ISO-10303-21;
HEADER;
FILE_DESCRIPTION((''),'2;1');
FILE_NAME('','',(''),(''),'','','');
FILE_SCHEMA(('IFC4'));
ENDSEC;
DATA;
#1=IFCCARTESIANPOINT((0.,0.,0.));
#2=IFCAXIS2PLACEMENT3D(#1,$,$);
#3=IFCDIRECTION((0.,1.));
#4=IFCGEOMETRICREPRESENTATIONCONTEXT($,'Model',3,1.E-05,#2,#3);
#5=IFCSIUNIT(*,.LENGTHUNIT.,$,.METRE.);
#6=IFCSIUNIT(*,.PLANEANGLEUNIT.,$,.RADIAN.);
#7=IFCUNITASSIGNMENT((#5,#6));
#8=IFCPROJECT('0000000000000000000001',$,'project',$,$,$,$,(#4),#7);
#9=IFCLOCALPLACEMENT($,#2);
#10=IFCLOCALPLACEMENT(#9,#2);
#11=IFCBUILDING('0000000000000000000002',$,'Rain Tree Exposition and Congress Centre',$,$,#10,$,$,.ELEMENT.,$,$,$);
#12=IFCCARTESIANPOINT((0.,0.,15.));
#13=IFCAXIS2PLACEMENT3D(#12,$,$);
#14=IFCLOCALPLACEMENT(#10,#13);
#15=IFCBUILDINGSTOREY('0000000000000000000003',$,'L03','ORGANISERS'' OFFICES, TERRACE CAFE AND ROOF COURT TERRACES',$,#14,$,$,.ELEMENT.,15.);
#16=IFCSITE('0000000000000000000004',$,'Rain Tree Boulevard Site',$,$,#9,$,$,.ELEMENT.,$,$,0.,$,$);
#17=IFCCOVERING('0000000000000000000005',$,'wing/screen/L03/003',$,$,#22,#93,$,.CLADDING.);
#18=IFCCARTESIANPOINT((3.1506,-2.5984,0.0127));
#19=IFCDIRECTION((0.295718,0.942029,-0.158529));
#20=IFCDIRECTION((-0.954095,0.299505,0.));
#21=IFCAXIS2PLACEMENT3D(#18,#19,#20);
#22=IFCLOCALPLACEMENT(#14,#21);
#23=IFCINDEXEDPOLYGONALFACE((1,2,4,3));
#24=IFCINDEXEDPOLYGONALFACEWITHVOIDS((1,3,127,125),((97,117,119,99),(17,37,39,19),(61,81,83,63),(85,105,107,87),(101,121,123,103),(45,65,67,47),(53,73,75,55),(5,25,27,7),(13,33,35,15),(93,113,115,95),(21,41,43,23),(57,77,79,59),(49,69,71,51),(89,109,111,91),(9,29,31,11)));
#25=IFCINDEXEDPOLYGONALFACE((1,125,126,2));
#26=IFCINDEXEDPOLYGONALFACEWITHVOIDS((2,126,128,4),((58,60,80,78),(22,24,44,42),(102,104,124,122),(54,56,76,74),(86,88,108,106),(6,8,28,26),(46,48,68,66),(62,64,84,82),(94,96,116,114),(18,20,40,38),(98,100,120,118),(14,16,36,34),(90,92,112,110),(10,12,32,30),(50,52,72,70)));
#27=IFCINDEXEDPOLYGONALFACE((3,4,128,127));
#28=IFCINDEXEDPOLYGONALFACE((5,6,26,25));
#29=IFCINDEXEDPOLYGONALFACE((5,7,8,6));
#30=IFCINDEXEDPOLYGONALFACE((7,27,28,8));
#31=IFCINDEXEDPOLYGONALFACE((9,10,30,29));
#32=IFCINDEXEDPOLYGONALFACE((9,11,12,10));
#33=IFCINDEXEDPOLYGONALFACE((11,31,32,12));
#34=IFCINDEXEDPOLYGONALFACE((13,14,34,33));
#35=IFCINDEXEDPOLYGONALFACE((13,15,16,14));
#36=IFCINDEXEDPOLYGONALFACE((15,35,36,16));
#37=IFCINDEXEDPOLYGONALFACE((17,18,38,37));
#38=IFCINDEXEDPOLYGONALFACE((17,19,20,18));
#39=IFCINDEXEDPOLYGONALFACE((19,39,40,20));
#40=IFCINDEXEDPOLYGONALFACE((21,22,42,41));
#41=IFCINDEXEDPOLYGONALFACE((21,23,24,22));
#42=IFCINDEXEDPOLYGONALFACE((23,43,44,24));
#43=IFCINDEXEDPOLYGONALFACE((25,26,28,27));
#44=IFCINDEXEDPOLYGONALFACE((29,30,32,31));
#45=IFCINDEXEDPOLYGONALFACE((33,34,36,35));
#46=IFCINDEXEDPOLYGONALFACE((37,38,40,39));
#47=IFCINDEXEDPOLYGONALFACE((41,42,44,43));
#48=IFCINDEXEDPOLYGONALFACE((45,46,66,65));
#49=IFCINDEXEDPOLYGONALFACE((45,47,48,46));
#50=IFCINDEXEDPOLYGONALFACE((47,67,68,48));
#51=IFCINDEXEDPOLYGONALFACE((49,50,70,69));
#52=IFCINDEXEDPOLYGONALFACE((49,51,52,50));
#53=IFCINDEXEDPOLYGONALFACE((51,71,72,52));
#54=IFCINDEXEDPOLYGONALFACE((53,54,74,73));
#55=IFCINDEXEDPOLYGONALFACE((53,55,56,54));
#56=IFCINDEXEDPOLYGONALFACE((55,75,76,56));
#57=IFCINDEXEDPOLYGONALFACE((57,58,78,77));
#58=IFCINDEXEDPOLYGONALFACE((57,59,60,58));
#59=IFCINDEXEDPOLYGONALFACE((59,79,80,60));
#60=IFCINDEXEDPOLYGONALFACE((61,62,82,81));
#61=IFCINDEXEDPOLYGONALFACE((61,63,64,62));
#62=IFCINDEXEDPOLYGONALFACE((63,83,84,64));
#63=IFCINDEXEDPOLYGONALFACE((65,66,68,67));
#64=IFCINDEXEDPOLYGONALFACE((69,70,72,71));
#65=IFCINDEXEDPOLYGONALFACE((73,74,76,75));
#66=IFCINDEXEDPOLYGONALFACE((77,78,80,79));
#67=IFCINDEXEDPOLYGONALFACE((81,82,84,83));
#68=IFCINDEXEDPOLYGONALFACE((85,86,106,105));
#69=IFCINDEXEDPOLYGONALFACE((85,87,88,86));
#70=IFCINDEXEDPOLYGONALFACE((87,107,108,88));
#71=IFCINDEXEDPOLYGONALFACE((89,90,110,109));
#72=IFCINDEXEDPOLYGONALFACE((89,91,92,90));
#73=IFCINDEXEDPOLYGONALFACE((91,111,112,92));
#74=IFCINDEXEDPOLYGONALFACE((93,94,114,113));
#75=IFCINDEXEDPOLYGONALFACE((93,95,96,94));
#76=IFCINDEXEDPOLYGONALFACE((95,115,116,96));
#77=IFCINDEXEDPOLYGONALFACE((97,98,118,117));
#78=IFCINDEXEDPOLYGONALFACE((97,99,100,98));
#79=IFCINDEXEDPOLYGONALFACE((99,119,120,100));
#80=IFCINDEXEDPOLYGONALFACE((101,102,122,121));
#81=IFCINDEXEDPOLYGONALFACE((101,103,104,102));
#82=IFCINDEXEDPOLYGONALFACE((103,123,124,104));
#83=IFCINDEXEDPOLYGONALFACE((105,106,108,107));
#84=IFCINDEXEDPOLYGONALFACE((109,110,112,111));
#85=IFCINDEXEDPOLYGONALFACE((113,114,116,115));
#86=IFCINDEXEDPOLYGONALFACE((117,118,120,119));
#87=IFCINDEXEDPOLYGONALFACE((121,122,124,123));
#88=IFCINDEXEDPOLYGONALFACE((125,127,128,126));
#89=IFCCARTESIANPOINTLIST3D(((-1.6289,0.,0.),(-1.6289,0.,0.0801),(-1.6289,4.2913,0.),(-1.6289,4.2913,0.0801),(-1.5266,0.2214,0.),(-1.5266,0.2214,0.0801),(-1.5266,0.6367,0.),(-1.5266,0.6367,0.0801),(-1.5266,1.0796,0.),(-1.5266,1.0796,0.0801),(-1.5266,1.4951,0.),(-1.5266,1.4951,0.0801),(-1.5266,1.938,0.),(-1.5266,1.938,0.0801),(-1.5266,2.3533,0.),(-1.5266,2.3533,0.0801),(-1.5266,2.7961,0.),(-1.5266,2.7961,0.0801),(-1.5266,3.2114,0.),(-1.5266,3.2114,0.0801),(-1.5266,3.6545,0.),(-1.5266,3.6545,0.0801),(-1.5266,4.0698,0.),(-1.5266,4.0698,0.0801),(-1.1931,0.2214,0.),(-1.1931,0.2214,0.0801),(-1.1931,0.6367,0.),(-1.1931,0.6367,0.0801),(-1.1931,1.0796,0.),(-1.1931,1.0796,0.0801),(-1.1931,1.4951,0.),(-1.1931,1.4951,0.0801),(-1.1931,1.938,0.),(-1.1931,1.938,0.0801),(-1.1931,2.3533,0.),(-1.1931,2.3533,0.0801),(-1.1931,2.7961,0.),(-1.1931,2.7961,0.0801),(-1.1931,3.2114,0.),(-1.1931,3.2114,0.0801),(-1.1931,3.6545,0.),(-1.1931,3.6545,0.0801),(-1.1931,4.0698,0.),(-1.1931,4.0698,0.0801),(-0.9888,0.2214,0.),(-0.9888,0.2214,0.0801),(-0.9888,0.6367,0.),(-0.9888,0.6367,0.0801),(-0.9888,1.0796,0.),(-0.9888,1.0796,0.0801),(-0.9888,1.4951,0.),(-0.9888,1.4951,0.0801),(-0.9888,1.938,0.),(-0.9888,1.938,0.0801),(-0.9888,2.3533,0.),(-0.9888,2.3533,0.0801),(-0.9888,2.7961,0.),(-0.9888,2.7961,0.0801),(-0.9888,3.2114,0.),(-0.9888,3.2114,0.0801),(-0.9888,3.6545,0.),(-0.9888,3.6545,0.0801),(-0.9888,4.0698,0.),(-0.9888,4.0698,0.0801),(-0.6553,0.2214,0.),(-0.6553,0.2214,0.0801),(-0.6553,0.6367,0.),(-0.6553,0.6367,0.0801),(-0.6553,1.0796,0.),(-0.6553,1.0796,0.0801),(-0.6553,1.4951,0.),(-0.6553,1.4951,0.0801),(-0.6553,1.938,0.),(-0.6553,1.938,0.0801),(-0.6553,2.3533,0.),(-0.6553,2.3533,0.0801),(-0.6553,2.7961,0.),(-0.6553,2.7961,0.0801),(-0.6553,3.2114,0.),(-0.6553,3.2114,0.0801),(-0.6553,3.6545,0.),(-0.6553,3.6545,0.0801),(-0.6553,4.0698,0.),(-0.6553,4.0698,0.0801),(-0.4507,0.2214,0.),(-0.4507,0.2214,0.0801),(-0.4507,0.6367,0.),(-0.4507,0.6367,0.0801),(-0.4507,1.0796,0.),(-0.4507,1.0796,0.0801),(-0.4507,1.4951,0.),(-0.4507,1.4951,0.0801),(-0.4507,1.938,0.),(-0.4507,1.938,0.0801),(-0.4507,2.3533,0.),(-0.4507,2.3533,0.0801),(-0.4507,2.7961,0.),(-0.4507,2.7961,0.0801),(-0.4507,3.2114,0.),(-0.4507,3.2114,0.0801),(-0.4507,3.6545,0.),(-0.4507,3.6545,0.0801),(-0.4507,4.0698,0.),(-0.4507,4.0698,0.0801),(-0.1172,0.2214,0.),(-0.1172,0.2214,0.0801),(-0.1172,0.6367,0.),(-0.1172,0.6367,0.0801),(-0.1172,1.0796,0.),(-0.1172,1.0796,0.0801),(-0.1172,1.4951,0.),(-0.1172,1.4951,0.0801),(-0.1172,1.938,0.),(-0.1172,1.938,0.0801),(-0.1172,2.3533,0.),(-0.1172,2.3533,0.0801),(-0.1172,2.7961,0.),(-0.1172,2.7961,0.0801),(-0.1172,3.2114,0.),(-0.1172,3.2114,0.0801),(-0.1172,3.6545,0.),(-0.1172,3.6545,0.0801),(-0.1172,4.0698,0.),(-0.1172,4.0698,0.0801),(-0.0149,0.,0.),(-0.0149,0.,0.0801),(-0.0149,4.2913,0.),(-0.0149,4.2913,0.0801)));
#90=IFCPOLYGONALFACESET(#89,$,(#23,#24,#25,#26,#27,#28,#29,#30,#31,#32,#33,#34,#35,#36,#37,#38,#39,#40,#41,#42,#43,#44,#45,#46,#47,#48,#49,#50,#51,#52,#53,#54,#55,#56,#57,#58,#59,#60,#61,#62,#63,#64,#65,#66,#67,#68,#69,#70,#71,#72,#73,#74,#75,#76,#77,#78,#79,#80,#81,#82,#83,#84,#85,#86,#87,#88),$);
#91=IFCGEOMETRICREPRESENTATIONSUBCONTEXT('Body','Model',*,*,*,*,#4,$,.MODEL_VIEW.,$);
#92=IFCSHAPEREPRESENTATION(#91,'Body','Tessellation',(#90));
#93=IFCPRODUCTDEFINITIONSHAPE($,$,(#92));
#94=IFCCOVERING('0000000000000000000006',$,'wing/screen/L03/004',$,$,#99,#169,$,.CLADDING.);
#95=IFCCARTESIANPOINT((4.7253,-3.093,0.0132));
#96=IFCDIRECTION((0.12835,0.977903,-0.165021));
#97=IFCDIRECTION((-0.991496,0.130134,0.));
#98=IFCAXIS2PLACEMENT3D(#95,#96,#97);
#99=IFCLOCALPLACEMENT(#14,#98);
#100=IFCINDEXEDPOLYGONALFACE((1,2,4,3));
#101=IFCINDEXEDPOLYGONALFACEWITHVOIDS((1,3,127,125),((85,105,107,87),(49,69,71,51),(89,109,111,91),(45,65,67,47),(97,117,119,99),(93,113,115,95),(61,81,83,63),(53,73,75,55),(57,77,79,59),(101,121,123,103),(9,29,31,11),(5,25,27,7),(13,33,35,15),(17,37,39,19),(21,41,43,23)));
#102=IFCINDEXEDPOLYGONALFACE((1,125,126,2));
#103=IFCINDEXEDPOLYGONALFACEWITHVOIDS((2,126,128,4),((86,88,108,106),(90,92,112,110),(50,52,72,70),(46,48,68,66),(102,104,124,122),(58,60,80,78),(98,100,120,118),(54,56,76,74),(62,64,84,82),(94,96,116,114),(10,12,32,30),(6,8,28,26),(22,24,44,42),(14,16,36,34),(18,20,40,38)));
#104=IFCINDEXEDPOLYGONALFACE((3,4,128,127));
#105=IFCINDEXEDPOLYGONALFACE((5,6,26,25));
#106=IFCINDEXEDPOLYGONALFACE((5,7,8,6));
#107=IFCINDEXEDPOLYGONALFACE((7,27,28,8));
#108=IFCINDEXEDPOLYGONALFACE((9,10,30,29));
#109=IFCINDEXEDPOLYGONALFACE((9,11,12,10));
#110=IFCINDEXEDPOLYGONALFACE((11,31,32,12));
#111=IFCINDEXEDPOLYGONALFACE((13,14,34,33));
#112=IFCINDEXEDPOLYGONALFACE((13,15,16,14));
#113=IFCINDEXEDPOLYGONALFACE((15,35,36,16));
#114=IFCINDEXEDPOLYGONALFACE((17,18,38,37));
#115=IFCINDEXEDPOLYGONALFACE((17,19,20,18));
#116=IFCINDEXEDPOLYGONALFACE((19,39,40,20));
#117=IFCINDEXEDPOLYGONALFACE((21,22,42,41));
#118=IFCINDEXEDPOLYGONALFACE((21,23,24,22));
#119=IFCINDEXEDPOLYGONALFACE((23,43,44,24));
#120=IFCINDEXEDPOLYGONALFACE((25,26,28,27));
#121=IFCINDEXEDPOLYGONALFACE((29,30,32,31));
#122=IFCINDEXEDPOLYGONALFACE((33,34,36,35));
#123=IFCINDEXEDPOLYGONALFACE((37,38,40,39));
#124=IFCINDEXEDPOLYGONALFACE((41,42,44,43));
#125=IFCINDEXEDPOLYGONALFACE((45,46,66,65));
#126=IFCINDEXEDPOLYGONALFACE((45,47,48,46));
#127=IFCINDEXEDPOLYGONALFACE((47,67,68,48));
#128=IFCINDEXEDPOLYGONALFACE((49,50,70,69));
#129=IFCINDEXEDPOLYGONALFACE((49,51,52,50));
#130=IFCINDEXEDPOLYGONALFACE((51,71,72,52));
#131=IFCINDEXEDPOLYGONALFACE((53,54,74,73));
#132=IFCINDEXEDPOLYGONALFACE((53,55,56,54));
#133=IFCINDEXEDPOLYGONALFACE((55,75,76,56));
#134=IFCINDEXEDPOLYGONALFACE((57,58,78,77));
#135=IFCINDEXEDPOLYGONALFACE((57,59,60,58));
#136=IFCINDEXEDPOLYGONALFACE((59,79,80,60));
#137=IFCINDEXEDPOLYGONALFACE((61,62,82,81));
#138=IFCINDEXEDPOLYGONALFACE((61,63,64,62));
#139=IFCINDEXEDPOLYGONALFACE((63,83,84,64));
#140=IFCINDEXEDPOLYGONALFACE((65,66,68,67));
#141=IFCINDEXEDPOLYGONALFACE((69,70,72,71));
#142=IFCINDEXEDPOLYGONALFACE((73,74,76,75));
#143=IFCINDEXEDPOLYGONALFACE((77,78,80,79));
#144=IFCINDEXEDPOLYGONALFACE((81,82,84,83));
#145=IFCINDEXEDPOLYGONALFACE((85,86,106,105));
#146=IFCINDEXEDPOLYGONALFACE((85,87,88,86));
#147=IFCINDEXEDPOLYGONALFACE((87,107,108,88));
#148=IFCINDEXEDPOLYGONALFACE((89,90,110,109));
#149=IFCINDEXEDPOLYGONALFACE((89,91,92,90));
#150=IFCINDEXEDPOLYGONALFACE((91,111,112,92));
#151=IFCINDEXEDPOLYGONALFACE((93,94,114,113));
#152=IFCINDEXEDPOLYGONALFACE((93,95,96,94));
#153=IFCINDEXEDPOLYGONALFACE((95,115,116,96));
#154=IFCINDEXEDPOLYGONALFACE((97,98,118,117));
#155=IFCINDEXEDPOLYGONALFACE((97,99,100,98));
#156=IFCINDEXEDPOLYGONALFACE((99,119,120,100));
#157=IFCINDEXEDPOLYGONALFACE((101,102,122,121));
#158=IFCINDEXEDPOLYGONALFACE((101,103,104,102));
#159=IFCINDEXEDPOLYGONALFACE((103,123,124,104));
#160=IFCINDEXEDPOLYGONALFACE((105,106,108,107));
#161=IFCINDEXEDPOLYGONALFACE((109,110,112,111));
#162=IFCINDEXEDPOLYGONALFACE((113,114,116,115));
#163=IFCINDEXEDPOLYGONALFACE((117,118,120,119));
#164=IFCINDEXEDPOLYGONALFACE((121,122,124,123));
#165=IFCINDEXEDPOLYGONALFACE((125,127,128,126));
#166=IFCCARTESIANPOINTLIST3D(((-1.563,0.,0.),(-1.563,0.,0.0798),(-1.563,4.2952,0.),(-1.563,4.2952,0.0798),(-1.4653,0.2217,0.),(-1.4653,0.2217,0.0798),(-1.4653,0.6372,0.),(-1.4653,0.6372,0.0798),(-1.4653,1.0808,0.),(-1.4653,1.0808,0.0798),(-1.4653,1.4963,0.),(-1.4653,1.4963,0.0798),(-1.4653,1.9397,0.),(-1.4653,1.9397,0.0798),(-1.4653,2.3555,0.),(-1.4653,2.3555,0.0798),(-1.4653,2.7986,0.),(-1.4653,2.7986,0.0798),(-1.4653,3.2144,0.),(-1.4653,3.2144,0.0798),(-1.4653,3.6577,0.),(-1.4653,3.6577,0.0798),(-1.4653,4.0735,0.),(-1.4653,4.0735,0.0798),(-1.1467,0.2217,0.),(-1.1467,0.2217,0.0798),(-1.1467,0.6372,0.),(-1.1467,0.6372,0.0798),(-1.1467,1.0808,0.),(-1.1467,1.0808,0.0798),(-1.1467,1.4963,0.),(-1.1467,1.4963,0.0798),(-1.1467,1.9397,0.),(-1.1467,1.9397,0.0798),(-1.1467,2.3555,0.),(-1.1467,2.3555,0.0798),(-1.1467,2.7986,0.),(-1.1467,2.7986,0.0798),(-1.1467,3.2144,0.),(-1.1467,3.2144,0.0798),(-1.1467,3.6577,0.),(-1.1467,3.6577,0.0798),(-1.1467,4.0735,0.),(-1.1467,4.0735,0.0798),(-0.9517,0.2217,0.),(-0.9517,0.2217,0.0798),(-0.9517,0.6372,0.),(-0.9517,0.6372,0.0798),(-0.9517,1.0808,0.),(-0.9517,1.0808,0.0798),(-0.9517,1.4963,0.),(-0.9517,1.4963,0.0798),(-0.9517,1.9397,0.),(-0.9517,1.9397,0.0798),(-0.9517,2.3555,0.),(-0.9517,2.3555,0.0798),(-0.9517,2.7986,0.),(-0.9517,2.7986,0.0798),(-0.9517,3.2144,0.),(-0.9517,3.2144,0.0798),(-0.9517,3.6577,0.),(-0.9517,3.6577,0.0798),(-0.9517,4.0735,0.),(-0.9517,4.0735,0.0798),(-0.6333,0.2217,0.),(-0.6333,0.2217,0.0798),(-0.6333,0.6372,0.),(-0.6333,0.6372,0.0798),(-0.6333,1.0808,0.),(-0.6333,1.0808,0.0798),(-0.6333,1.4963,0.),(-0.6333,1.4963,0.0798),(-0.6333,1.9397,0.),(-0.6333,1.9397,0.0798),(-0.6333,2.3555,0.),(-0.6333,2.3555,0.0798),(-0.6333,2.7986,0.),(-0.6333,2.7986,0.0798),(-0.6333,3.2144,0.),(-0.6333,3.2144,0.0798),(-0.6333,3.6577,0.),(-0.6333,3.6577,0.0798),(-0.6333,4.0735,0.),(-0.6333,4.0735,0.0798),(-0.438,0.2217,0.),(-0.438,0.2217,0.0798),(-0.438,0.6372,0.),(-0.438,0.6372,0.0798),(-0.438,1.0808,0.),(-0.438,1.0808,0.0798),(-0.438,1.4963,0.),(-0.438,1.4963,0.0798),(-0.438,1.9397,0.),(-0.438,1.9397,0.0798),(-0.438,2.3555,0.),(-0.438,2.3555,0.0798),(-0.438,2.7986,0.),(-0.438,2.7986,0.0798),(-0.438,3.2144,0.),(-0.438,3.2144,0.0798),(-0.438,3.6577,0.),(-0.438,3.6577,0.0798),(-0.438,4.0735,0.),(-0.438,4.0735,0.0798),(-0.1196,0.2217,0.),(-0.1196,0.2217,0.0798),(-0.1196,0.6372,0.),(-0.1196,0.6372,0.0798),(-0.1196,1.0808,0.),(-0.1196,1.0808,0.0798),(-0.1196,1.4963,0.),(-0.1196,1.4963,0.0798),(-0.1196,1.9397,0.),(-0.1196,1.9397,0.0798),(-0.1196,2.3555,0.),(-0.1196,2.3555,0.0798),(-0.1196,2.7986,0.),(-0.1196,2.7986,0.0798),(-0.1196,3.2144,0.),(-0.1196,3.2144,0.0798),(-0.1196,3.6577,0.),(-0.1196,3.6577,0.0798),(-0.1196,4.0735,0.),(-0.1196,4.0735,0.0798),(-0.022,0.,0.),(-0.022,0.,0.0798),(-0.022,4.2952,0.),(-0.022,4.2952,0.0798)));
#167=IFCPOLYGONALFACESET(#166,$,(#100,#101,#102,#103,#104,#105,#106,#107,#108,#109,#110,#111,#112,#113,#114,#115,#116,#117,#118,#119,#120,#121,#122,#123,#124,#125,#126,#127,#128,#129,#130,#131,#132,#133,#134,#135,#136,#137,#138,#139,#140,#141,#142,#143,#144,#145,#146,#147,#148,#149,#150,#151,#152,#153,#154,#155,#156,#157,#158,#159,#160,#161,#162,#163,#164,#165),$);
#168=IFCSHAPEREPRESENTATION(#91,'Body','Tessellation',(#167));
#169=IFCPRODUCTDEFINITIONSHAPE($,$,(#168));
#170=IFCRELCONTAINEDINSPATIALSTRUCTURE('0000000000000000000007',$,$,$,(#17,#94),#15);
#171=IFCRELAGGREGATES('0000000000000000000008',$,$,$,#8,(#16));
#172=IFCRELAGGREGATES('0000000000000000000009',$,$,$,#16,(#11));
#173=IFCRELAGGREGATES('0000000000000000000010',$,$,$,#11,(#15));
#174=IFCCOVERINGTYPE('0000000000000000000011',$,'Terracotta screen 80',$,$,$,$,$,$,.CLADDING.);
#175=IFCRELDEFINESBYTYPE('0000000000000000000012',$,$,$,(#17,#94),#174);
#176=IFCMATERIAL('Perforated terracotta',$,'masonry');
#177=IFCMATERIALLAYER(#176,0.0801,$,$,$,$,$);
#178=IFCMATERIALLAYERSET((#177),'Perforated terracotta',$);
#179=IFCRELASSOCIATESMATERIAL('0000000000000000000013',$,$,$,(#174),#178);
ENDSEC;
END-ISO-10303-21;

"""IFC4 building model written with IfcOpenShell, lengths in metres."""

from ifc_helpers import new_model, si_unit, direction, frame, origin, place, context, subcontext, project, spatial, polyline, outline, extrude, material, layer, layer_set, type_object, element, save


model = new_model("IFC4")

# Units and contexts
model_context = context("Model", 3, precision=1e-05, world=origin(), true_north=direction((0.0, 1.0)))
body_context = subcontext(model_context, "Body", "Model", "MODEL_VIEW")
ifc_project = project(units=[si_unit("LENGTHUNIT", "METRE"), si_unit("PLANEANGLEUNIT", "RADIAN")], contexts=[model_context])

# Site, building, storey
site_placement = place(None, origin())
site = spatial("IfcSite", under=ifc_project, at=site_placement, Name="Rain Tree Boulevard Site", CompositionType="ELEMENT", RefElevation=0.0)
building_placement = place(site_placement, origin())
building = spatial("IfcBuilding", under=site, at=building_placement, Name="Rain Tree Exposition and Congress Centre", CompositionType="ELEMENT")
storey_placement = place(building_placement, frame((0.0, 0.0, 15.0)))
storey = spatial("IfcBuildingStorey", under=building, at=storey_placement, Name="L03", Description="ORGANISERS' OFFICES, TERRACE CAFE AND ROOF COURT TERRACES", CompositionType="ELEMENT", Elevation=15.0)

# Coverings
ifc_material_1 = material(Name="Perforated terracotta", Category="masonry")
ifc_layer_1 = layer(ifc_material_1, 0.0801)
ifc_layer_set_1 = layer_set([ifc_layer_1], Name="Perforated terracotta")
covering_type_1 = type_object("IfcCoveringType", Name="Terracotta screen 80", PredefinedType="CLADDING", material=ifc_layer_set_1)
covering_1_placement = place(storey_placement, frame((3.1506, -2.5984, 0.0127), z_axis=(0.295718, 0.942029, -0.158529), x_axis=(-0.954095, 0.299505, 0.0)))
element("IfcCovering", 1, at=covering_1_placement, inside=storey, type_object=covering_type_1, Name="wing/screen/L03/003", PredefinedType="CLADDING", context=body_context, shape_type="SweptSolid", body=[
    extrude(outline(polyline([(-1.6289, 0.0), (-1.6289, 4.2913), (-0.0149, 4.2913), (-0.0149, 0.0), (-1.6289, 0.0)]), holes=[polyline([(-0.1172, 0.2214), (-0.1172, 0.6367), (-0.4507, 0.6367), (-0.4507, 0.2214), (-0.1172, 0.2214)]), polyline([(-0.1172, 1.0796), (-0.1172, 1.4951), (-0.4507, 1.4951), (-0.4507, 1.0796), (-0.1172, 1.0796)]), polyline([(-0.1172, 1.938), (-0.1172, 2.3533), (-0.4507, 2.3533), (-0.4507, 1.938), (-0.1172, 1.938)]), polyline([(-0.1172, 2.7961), (-0.1172, 3.2114), (-0.4507, 3.2114), (-0.4507, 2.7961), (-0.1172, 2.7961)]), polyline([(-0.1172, 3.6545), (-0.1172, 4.0698), (-0.4507, 4.0698), (-0.4507, 3.6545), (-0.1172, 3.6545)]), polyline([(-0.6553, 0.2214), (-0.6553, 0.6367), (-0.9888, 0.6367), (-0.9888, 0.2214), (-0.6553, 0.2214)]), polyline([(-0.6553, 1.0796), (-0.6553, 1.4951), (-0.9888, 1.4951), (-0.9888, 1.0796), (-0.6553, 1.0796)]), polyline([(-0.6553, 1.938), (-0.6553, 2.3533), (-0.9888, 2.3533), (-0.9888, 1.938), (-0.6553, 1.938)]), polyline([(-0.6553, 2.7961), (-0.6553, 3.2114), (-0.9888, 3.2114), (-0.9888, 2.7961), (-0.6553, 2.7961)]), polyline([(-0.6553, 3.6545), (-0.6553, 4.0698), (-0.9888, 4.0698), (-0.9888, 3.6545), (-0.6553, 3.6545)]), polyline([(-1.1931, 0.2214), (-1.1931, 0.6367), (-1.5266, 0.6367), (-1.5266, 0.2214), (-1.1931, 0.2214)]), polyline([(-1.1931, 1.0796), (-1.1931, 1.4951), (-1.5266, 1.4951), (-1.5266, 1.0796), (-1.1931, 1.0796)]), polyline([(-1.1931, 1.938), (-1.1931, 2.3533), (-1.5266, 2.3533), (-1.5266, 1.938), (-1.1931, 1.938)]), polyline([(-1.1931, 2.7961), (-1.1931, 3.2114), (-1.5266, 3.2114), (-1.5266, 2.7961), (-1.1931, 2.7961)]), polyline([(-1.1931, 3.6545), (-1.1931, 4.0698), (-1.5266, 4.0698), (-1.5266, 3.6545), (-1.1931, 3.6545)])]), origin(), (0.0, 0.0, 1.0), 0.0801),
])
covering_2_placement = place(storey_placement, frame((4.7253, -3.093, 0.0132), z_axis=(0.12835, 0.977903, -0.165021), x_axis=(-0.991496, 0.130134, 0.0)))
element("IfcCovering", 2, at=covering_2_placement, inside=storey, type_object=covering_type_1, Name="wing/screen/L03/004", PredefinedType="CLADDING", context=body_context, shape_type="SweptSolid", body=[
    extrude(outline(polyline([(-1.563, 0.0), (-1.563, 4.2952), (-0.022, 4.2952), (-0.022, 0.0), (-1.563, 0.0)]), holes=[polyline([(-0.1196, 0.2217), (-0.1196, 0.6372), (-0.438, 0.6372), (-0.438, 0.2217), (-0.1196, 0.2217)]), polyline([(-0.1196, 1.0808), (-0.1196, 1.4963), (-0.438, 1.4963), (-0.438, 1.0808), (-0.1196, 1.0808)]), polyline([(-0.1196, 1.9397), (-0.1196, 2.3555), (-0.438, 2.3555), (-0.438, 1.9397), (-0.1196, 1.9397)]), polyline([(-0.1196, 2.7986), (-0.1196, 3.2144), (-0.438, 3.2144), (-0.438, 2.7986), (-0.1196, 2.7986)]), polyline([(-0.1196, 3.6577), (-0.1196, 4.0735), (-0.438, 4.0735), (-0.438, 3.6577), (-0.1196, 3.6577)]), polyline([(-0.6333, 0.2217), (-0.6333, 0.6372), (-0.9517, 0.6372), (-0.9517, 0.2217), (-0.6333, 0.2217)]), polyline([(-0.6333, 1.0808), (-0.6333, 1.4963), (-0.9517, 1.4963), (-0.9517, 1.0808), (-0.6333, 1.0808)]), polyline([(-0.6333, 1.9397), (-0.6333, 2.3555), (-0.9517, 2.3555), (-0.9517, 1.9397), (-0.6333, 1.9397)]), polyline([(-0.6333, 2.7986), (-0.6333, 3.2144), (-0.9517, 3.2144), (-0.9517, 2.7986), (-0.6333, 2.7986)]), polyline([(-0.6333, 3.6577), (-0.6333, 4.0735), (-0.9517, 4.0735), (-0.9517, 3.6577), (-0.6333, 3.6577)]), polyline([(-1.1467, 0.2217), (-1.1467, 0.6372), (-1.4653, 0.6372), (-1.4653, 0.2217), (-1.1467, 0.2217)]), polyline([(-1.1467, 1.0808), (-1.1467, 1.4963), (-1.4653, 1.4963), (-1.4653, 1.0808), (-1.1467, 1.0808)]), polyline([(-1.1467, 1.9397), (-1.1467, 2.3555), (-1.4653, 2.3555), (-1.4653, 1.9397), (-1.1467, 1.9397)]), polyline([(-1.1467, 2.7986), (-1.1467, 3.2144), (-1.4653, 3.2144), (-1.4653, 2.7986), (-1.1467, 2.7986)]), polyline([(-1.1467, 3.6577), (-1.1467, 4.0735), (-1.4653, 4.0735), (-1.4653, 3.6577), (-1.1467, 3.6577)])]), origin(), (0.0, 0.0, 1.0), 0.0798),
])

save(model, "model.ifc")
